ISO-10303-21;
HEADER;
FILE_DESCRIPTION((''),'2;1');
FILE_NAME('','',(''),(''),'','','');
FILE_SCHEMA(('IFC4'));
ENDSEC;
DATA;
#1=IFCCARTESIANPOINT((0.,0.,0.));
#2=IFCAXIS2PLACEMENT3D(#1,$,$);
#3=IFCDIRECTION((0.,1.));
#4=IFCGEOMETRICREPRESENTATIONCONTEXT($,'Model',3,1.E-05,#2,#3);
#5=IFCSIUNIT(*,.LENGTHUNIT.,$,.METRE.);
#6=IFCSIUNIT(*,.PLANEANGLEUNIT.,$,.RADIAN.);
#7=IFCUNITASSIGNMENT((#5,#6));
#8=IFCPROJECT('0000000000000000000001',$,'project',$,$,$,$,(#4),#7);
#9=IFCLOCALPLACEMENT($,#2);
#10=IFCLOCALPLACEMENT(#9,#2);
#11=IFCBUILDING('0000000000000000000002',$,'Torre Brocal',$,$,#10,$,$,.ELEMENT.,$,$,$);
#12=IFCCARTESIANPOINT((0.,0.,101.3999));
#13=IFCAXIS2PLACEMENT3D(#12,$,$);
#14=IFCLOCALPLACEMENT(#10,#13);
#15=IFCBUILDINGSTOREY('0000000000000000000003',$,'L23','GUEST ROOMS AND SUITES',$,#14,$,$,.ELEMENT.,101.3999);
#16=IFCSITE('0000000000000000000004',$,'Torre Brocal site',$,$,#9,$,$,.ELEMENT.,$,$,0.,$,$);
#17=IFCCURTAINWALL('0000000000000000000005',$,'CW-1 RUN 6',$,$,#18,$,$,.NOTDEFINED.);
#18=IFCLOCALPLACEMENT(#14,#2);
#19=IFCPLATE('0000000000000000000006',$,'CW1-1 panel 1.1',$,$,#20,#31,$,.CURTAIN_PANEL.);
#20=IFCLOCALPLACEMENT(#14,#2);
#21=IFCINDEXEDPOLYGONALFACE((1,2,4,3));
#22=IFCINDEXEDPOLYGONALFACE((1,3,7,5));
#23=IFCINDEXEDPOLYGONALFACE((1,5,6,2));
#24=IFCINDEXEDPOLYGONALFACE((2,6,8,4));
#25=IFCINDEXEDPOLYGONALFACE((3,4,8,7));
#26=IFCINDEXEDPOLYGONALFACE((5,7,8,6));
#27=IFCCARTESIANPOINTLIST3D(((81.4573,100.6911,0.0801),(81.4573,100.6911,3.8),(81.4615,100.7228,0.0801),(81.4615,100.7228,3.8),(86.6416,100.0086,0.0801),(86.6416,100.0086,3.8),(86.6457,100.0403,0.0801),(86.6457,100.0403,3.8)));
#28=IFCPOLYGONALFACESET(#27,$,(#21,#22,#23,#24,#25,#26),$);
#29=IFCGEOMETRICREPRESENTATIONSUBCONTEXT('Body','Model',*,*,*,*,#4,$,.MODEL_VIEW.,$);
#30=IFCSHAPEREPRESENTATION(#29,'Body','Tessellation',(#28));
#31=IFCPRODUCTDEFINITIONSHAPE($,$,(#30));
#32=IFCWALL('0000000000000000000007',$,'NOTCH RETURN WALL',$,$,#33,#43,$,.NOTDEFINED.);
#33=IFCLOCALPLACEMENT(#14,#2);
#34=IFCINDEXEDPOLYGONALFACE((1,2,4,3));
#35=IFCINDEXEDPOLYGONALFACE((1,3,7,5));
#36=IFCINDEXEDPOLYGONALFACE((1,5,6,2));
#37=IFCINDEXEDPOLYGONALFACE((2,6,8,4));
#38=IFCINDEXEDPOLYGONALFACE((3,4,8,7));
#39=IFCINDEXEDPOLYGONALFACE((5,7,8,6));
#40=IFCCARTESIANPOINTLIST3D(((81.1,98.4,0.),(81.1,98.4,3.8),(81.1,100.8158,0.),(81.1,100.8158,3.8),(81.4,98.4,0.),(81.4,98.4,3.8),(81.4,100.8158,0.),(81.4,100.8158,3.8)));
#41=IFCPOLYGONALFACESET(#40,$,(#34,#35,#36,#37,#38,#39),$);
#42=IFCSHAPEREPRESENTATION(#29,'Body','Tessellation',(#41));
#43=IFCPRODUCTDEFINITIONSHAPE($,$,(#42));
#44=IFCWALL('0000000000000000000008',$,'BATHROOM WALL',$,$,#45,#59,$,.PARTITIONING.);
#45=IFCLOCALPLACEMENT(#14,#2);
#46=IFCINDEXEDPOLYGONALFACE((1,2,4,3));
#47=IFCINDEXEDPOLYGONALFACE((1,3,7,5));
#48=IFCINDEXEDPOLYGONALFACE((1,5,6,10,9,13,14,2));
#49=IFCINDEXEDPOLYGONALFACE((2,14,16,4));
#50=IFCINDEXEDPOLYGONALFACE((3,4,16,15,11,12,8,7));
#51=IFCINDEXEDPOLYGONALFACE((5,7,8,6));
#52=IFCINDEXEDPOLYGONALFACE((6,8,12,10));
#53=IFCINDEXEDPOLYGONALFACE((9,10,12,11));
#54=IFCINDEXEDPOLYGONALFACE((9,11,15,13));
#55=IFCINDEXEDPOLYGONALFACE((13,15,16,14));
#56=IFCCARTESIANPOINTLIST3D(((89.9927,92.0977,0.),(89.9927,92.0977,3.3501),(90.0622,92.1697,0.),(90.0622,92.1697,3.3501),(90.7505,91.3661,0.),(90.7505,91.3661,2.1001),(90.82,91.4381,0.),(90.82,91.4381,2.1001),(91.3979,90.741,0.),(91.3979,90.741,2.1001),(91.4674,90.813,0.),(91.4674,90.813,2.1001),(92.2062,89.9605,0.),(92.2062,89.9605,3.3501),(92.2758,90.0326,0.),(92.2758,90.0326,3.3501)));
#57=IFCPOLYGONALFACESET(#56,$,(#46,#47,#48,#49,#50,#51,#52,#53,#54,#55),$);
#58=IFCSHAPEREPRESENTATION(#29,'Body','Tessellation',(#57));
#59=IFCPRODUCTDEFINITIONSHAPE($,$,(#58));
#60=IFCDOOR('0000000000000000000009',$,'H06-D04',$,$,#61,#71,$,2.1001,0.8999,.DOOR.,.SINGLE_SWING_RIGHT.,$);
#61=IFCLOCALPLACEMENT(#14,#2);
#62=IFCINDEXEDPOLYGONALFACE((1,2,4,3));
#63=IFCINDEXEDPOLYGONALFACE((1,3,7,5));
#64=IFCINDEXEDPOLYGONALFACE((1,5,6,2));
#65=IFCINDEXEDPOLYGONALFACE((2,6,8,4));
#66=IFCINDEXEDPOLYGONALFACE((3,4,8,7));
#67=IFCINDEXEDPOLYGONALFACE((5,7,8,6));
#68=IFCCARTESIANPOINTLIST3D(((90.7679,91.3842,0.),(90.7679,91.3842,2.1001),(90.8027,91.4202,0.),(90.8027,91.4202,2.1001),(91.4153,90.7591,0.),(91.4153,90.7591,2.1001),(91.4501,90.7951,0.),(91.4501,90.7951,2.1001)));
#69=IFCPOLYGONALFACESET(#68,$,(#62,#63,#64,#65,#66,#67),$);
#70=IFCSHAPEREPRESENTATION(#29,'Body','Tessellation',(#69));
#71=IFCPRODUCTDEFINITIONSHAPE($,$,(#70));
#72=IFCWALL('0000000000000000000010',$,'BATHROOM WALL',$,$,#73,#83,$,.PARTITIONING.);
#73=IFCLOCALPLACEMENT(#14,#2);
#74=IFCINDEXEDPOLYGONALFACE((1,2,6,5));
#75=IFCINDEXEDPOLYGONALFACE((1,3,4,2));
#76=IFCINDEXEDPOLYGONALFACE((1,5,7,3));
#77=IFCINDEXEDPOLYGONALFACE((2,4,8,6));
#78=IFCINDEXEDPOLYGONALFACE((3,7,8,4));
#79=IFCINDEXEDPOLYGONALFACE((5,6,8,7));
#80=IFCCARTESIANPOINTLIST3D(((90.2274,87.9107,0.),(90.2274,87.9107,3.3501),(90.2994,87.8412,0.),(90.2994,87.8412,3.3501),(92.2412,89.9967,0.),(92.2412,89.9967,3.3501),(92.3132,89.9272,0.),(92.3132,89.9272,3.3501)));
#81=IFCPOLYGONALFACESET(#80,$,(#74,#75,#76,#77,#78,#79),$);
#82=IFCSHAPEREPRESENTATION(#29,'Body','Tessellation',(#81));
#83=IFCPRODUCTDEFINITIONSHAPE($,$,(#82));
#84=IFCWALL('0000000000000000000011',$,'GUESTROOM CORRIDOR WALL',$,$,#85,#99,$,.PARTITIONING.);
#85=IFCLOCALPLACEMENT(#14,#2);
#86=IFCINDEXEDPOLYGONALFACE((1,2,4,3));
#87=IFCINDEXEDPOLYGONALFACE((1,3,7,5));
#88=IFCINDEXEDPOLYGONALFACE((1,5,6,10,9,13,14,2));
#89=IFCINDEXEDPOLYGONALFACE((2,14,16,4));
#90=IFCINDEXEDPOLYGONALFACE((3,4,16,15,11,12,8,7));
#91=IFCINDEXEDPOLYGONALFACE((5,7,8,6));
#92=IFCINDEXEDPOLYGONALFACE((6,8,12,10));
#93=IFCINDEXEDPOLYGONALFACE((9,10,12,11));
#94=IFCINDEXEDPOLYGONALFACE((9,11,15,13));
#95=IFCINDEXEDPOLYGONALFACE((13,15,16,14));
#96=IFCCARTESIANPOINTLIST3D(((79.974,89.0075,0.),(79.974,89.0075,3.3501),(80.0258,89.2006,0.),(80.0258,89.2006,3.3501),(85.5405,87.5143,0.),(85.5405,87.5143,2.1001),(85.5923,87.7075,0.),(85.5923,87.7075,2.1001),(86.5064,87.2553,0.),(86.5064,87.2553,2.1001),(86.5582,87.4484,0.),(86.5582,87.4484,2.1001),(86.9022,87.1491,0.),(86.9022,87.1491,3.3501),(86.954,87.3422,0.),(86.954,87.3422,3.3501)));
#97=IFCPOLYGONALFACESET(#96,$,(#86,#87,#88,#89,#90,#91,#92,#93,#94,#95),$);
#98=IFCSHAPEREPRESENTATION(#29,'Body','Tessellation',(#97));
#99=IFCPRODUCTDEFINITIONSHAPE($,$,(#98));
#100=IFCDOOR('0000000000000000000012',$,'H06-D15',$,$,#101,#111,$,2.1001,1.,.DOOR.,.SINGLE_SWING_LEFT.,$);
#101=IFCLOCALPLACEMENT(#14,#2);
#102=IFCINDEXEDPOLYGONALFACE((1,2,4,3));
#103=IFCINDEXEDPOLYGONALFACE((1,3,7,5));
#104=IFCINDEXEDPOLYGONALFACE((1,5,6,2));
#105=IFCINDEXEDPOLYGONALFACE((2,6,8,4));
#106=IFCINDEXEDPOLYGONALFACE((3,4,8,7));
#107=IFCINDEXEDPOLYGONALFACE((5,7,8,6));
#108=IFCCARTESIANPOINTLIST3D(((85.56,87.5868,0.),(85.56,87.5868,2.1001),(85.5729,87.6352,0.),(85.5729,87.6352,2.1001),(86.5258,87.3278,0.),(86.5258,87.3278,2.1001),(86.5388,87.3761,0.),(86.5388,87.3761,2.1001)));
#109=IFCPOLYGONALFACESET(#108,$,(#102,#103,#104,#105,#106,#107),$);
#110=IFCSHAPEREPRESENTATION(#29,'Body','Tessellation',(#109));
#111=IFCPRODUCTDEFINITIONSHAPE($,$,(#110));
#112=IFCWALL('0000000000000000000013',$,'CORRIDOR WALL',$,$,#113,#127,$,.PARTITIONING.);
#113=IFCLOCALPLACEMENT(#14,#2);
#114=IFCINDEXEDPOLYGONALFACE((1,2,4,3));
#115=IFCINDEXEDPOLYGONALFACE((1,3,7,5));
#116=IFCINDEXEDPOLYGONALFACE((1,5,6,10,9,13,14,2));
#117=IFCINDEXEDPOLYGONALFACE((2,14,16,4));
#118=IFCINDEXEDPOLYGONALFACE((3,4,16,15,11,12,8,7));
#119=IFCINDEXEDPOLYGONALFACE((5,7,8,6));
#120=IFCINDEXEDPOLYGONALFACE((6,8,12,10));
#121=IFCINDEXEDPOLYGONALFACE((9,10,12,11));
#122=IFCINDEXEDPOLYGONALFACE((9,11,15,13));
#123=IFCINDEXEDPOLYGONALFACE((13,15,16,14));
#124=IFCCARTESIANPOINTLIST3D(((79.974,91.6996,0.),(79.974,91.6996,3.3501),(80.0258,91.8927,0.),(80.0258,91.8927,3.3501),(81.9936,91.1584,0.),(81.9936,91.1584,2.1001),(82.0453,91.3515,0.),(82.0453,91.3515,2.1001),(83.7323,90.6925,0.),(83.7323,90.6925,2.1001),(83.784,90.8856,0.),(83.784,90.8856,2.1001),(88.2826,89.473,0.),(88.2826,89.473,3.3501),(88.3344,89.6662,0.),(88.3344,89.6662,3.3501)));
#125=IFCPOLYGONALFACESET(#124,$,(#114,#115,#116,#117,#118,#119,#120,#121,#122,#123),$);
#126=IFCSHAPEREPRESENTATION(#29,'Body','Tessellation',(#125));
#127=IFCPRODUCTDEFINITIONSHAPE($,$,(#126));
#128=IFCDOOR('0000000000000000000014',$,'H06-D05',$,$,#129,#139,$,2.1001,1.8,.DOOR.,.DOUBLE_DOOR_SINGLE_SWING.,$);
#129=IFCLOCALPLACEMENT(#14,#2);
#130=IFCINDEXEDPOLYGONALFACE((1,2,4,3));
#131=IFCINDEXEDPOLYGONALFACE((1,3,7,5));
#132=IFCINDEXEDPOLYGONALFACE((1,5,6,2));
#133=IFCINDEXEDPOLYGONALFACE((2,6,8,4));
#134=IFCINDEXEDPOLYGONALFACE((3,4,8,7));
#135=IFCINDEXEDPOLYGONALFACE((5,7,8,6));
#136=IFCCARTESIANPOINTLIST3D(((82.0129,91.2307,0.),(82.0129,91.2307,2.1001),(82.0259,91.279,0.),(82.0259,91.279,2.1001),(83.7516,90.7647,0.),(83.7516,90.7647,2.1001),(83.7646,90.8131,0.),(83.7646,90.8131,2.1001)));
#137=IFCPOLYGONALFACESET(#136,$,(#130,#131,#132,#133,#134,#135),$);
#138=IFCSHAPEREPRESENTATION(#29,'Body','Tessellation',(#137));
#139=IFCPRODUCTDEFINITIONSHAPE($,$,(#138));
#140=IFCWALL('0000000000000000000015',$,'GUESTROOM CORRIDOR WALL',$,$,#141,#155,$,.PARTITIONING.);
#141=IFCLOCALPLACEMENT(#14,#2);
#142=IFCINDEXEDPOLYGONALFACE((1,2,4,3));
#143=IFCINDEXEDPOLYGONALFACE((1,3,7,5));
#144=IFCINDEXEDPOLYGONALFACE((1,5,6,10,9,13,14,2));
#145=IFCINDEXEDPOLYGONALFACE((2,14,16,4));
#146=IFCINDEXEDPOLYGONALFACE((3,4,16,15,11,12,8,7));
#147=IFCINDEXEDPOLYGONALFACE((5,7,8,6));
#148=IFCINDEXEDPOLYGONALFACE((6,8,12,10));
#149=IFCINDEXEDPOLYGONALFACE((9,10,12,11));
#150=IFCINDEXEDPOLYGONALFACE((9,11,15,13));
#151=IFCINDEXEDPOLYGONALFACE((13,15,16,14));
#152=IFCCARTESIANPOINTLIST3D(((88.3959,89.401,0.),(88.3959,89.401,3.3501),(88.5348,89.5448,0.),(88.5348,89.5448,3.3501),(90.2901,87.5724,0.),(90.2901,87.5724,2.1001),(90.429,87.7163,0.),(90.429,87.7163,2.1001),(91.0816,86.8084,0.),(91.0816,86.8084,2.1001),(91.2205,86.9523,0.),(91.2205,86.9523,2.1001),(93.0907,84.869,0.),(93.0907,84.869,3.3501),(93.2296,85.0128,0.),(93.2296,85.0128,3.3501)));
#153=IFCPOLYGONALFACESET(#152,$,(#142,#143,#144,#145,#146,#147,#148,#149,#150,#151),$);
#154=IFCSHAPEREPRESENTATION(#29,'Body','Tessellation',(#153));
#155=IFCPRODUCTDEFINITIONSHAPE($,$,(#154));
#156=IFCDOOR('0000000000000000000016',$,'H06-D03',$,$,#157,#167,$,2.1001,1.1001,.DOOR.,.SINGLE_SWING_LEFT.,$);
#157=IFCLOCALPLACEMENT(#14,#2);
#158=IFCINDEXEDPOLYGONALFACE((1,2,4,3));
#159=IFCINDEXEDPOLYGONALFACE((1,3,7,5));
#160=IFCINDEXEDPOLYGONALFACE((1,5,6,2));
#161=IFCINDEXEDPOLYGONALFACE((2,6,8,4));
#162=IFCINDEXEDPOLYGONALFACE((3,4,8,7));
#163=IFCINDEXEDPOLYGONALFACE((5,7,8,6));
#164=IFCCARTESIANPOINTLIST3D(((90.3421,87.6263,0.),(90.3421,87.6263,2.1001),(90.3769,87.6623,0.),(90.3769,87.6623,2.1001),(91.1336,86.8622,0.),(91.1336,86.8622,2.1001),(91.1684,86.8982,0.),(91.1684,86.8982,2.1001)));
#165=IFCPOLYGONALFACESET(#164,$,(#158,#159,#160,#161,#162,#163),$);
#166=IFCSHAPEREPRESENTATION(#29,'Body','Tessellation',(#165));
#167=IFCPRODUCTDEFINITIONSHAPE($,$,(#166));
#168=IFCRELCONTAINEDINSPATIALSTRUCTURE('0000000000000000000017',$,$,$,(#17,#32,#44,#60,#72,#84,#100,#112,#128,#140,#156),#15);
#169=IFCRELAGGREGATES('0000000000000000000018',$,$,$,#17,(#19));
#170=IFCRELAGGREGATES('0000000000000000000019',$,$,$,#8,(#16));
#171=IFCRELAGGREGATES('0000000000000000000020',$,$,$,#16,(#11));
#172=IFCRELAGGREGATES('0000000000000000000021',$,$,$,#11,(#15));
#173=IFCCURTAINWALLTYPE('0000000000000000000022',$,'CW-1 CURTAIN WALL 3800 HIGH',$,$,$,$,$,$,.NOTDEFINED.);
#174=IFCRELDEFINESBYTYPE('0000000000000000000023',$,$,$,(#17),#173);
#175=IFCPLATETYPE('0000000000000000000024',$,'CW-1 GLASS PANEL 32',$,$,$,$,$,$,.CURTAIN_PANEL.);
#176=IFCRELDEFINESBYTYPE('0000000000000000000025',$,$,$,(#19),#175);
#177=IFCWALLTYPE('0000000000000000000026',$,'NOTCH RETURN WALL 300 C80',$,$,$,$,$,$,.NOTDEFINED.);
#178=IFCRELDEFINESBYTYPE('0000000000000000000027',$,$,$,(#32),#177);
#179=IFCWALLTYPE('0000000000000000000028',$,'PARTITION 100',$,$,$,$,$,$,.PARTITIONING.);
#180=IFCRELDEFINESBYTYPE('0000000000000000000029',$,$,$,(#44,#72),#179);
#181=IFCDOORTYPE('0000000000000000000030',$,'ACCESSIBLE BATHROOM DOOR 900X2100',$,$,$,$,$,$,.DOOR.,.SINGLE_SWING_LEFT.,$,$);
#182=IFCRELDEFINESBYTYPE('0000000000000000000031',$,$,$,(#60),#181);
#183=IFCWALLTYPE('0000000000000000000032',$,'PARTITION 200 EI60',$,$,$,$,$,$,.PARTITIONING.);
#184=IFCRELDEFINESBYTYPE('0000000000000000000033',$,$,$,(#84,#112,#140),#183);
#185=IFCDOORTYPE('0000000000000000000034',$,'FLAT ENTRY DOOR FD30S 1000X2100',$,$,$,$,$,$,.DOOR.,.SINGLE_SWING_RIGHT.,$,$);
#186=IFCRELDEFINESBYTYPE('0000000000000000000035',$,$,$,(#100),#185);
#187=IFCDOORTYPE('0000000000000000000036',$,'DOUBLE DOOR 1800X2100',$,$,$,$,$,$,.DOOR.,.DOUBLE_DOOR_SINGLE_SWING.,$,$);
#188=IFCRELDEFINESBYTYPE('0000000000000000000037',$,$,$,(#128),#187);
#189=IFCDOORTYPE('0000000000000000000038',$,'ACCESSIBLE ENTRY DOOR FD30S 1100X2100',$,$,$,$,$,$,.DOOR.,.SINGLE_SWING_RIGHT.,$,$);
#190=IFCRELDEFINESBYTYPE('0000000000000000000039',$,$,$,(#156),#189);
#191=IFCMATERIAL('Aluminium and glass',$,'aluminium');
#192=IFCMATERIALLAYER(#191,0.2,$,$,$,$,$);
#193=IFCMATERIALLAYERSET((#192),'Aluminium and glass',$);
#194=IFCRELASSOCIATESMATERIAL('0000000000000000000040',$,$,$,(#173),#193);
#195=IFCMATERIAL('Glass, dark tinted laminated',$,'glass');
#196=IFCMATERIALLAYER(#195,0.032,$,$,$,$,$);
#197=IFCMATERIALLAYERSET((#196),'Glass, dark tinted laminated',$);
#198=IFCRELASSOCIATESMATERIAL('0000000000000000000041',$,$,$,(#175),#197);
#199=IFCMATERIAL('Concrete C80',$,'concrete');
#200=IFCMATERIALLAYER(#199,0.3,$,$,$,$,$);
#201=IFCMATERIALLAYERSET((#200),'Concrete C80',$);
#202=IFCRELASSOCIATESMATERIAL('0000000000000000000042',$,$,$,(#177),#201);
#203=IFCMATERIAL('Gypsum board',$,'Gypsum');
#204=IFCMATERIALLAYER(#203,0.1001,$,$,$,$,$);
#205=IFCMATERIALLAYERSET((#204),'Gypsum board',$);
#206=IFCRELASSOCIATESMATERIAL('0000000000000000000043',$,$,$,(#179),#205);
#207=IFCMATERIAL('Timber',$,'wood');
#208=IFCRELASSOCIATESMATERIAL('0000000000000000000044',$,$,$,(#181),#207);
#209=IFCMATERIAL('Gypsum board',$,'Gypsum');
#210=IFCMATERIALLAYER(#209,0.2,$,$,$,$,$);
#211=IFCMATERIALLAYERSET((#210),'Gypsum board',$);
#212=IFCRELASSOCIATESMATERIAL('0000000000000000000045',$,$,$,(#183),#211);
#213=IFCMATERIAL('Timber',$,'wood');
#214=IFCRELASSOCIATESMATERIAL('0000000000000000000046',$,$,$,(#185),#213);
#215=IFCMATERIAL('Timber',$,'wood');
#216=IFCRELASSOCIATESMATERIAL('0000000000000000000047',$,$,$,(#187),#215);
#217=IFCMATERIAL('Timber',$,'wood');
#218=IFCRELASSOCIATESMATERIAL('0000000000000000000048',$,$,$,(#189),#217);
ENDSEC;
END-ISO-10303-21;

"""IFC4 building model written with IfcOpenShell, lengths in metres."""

from ifc_helpers import new_model, si_unit, direction, frame, frame_2d, origin, origin_2d, place, context, subcontext, project, spatial, rectangle, extrude, material, layer, layer_set, type_object, element, fill, aggregate, save


model = new_model("IFC4")

# Units and contexts
model_context = context("Model", 3, precision=1e-05, world=origin(), true_north=direction((0.0, 1.0)))
body_context = subcontext(model_context, "Body", "Model", "MODEL_VIEW")
ifc_project = project(units=[si_unit("LENGTHUNIT", "METRE"), si_unit("PLANEANGLEUNIT", "RADIAN")], contexts=[model_context])

# Site, building, storey
site_placement = place(None, origin())
site = spatial("IfcSite", under=ifc_project, at=site_placement, Name="Torre Brocal site", CompositionType="ELEMENT", RefElevation=0.0)
building_placement = place(site_placement, origin())
building = spatial("IfcBuilding", under=site, at=building_placement, Name="Torre Brocal", CompositionType="ELEMENT")
storey_placement = place(building_placement, frame((0.0, 0.0, 101.3999)))
storey = spatial("IfcBuildingStorey", under=building, at=storey_placement, Name="L23", Description="GUEST ROOMS AND SUITES", CompositionType="ELEMENT", Elevation=101.3999)

# Shared definitions
ifc_material_1 = material(Name="Aluminium and glass", Category="aluminium")
ifc_layer_1 = layer(ifc_material_1, 0.2)
ifc_layer_set_1 = layer_set([ifc_layer_1], Name="Aluminium and glass")
curtain_wall_type = type_object("IfcCurtainWallType", Name="CW-1 CURTAIN WALL 3800 HIGH", PredefinedType="NOTDEFINED", material=ifc_layer_set_1)

# Curtain wall
curtain_wall_1_placement = place(storey_placement, origin())
curtain_wall_1 = element("IfcCurtainWall", 1, at=curtain_wall_1_placement, inside=storey, type_object=curtain_wall_type, Name="CW-1 RUN 6", PredefinedType="NOTDEFINED")

# Plate
ifc_material_2 = material(Name="Glass, dark tinted laminated", Category="glass")
ifc_layer_2 = layer(ifc_material_2, 0.032)
ifc_layer_set_2 = layer_set([ifc_layer_2], Name="Glass, dark tinted laminated")
plate_type = type_object("IfcPlateType", Name="CW-1 GLASS PANEL 32", PredefinedType="CURTAIN_PANEL", material=ifc_layer_set_2)
plate_1_placement = place(storey_placement, frame((84.0515, 100.3657, 0.0801), z_axis=(0.0, 0.0, 1.0), x_axis=(-0.991445, 0.130526, 0.0)))
plate_1 = element("IfcPlate", 2, at=plate_1_placement, type_object=plate_type, Name="CW1-1 panel 1.1", PredefinedType="CURTAIN_PANEL", context=body_context, shape_type="SweptSolid", body=[
    extrude(rectangle(XDim=5.229, YDim=0.032, at=origin_2d()), origin(), (0.0, 0.0, 1.0), 3.72),
])
aggregate(curtain_wall_1, [plate_1])

# Wall
ifc_material_3 = material(Name="Concrete C80", Category="concrete")
ifc_layer_3 = layer(ifc_material_3, 0.3)
ifc_layer_set_3 = layer_set([ifc_layer_3], Name="Concrete C80")
wall_type_1 = type_object("IfcWallType", Name="NOTCH RETURN WALL 300 C80", PredefinedType="NOTDEFINED", material=ifc_layer_set_3)
wall_1_placement = place(storey_placement, frame((81.25, 98.3999, 0.0), z_axis=(0.0, 0.0, 1.0), x_axis=(0.0, 1.0, 0.0)))
element("IfcWall", 3, at=wall_1_placement, inside=storey, type_object=wall_type_1, Name="NOTCH RETURN WALL", PredefinedType="NOTDEFINED", context=body_context, shape_type="SweptSolid", body=[
    extrude(rectangle(XDim=2.4158, YDim=0.3, at=frame_2d((1.208, 0.0))), origin(), (0.0, 0.0, 1.0), 3.8),
])

# Wall, opening, door
ifc_material_4 = material(Name="Gypsum board", Category="Gypsum")
ifc_layer_4 = layer(ifc_material_4, 0.1001)
ifc_layer_set_4 = layer_set([ifc_layer_4], Name="Gypsum board")
wall_type_2 = type_object("IfcWallType", Name="PARTITION 100", PredefinedType="PARTITIONING", material=ifc_layer_set_4)
wall_2_placement = place(storey_placement, frame((90.0273, 92.1338, 0.0), z_axis=(0.0, 0.0, 1.0), x_axis=(0.719415, -0.69458, 0.0)))
wall_2 = element("IfcWall", 4, at=wall_2_placement, inside=storey, type_object=wall_type_2, Name="BATHROOM WALL", PredefinedType="PARTITIONING", context=body_context, shape_type="SweptSolid", body=[
    extrude(rectangle(XDim=3.0769, YDim=0.1001, at=frame_2d((1.5386, 0.0))), origin(), (0.0, 0.0, 1.0), 3.3501),
])
opening_1_placement = place(wall_2_placement, frame((1.0535, 0.0, 0.0)))
opening_1 = element("IfcOpeningElement", 5, at=opening_1_placement, cuts=wall_2, PredefinedType="OPENING", context=body_context, shape_type="SweptSolid", body=[
    extrude(rectangle(XDim=0.8999, YDim=2.1001, at=frame_2d((0.45, 1.05))), frame((0.0, 0.0601, 0.0), z_axis=(0.0, -1.0, 0.0), x_axis=(1.0, 0.0, 0.0)), (0.0, 0.0, 1.0), 0.1201),
])
ifc_material_5 = material(Name="Timber", Category="wood")
door_type_1 = type_object("IfcDoorType", Name="ACCESSIBLE BATHROOM DOOR 900X2100", OperationType="SINGLE_SWING_LEFT", PredefinedType="DOOR", material=ifc_material_5)
door_1_placement = place(opening_1_placement, frame((0.8999, 0.0, 0.0), z_axis=(0.0, 0.0, 1.0), x_axis=(-1.0, 0.0, 0.0)))
door_1 = element("IfcDoor", 6, at=door_1_placement, inside=storey, type_object=door_type_1, Name="H06-D04", OperationType="SINGLE_SWING_RIGHT", OverallHeight=2.1001, OverallWidth=0.8999, PredefinedType="DOOR", context=body_context, shape_type="SweptSolid", body=[
    extrude(rectangle(XDim=0.8999, YDim=2.1001, at=frame_2d((0.45, 1.05))), frame((0.0, 0.0249, 0.0), z_axis=(0.0, -1.0, 0.0), x_axis=(1.0, 0.0, 0.0)), (0.0, 0.0, 1.0), 0.05),
])
fill(opening_1, door_1)

# Wall
wall_3_placement = place(storey_placement, frame((90.2634, 87.876, 0.0), z_axis=(0.0, 0.0, 1.0), x_axis=(0.694534, 0.719459, 0.0)))
element("IfcWall", 7, at=wall_3_placement, inside=storey, type_object=wall_type_2, Name="BATHROOM WALL", PredefinedType="PARTITIONING", context=body_context, shape_type="SweptSolid", body=[
    extrude(rectangle(XDim=2.8994, YDim=0.1001, at=frame_2d((1.4497, 0.0))), origin(), (0.0, 0.0, 1.0), 3.3501),
])

# Walls, openings, doors
ifc_material_6 = material(Name="Gypsum board", Category="Gypsum")
ifc_layer_5 = layer(ifc_material_6, 0.2)
ifc_layer_set_5 = layer_set([ifc_layer_5], Name="Gypsum board")
wall_type_3 = type_object("IfcWallType", Name="PARTITION 200 EI60", PredefinedType="PARTITIONING", material=ifc_layer_set_5)
wall_4_placement = place(storey_placement, frame((80.0, 89.104, 0.0), z_axis=(0.0, 0.0, 1.0), x_axis=(0.965857, -0.259077, 0.0)))
wall_4 = element("IfcWall", 8, at=wall_4_placement, inside=storey, type_object=wall_type_3, Name="GUESTROOM CORRIDOR WALL", PredefinedType="PARTITIONING", context=body_context, shape_type="SweptSolid", body=[
    extrude(rectangle(XDim=7.1731, YDim=0.2, at=frame_2d((3.5864, 0.0))), origin(), (0.0, 0.0, 1.0), 3.3501),
])
opening_2_placement = place(wall_4_placement, frame((5.7632, 0.0, 0.0)))
opening_2 = element("IfcOpeningElement", 9, at=opening_2_placement, cuts=wall_4, PredefinedType="OPENING", context=body_context, shape_type="SweptSolid", body=[
    extrude(rectangle(XDim=1.0, YDim=2.1001, at=frame_2d((0.5, 1.05))), frame((0.0, 0.1099, 0.0), z_axis=(0.0, -1.0, 0.0), x_axis=(1.0, 0.0, 0.0)), (0.0, 0.0, 1.0), 0.22),
])
ifc_material_7 = material(Name="Timber", Category="wood")
door_type_2 = type_object("IfcDoorType", Name="FLAT ENTRY DOOR FD30S 1000X2100", OperationType="SINGLE_SWING_RIGHT", PredefinedType="DOOR", material=ifc_material_7)
door_2_placement = place(opening_2_placement, frame((1.0, 0.0, 0.0), z_axis=(0.0, 0.0, 1.0), x_axis=(-1.0, 0.0, 0.0)))
door_2 = element("IfcDoor", 10, at=door_2_placement, inside=storey, type_object=door_type_2, Name="H06-D15", OperationType="SINGLE_SWING_LEFT", OverallHeight=2.1001, OverallWidth=1.0, PredefinedType="DOOR", context=body_context, shape_type="SweptSolid", body=[
    extrude(rectangle(XDim=1.0, YDim=2.1001, at=frame_2d((0.5, 1.05))), frame((0.0, 0.0249, 0.0), z_axis=(0.0, -1.0, 0.0), x_axis=(1.0, 0.0, 0.0)), (0.0, 0.0, 1.0), 0.05),
])
fill(opening_2, door_2)
wall_5_placement = place(storey_placement, frame((80.0, 91.7961, 0.0), z_axis=(0.0, 0.0, 1.0), x_axis=(0.965918, -0.25885, 0.0)))
wall_5 = element("IfcWall", 11, at=wall_5_placement, inside=storey, type_object=wall_type_3, Name="CORRIDOR WALL", PredefinedType="PARTITIONING", context=body_context, shape_type="SweptSolid", body=[
    extrude(rectangle(XDim=8.6018, YDim=0.2, at=frame_2d((4.3008, 0.0))), origin(), (0.0, 0.0, 1.0), 3.3501),
])
opening_3_placement = place(wall_5_placement, frame((2.0908, 0.0, 0.0)))
opening_3 = element("IfcOpeningElement", 12, at=opening_3_placement, cuts=wall_5, PredefinedType="OPENING", context=body_context, shape_type="SweptSolid", body=[
    extrude(rectangle(XDim=1.8, YDim=2.1001, at=frame_2d((0.8999, 1.05))), frame((0.0, 0.1099, 0.0), z_axis=(0.0, -1.0, 0.0), x_axis=(1.0, 0.0, 0.0)), (0.0, 0.0, 1.0), 0.22),
])
ifc_material_8 = material(Name="Timber", Category="wood")
door_type_3 = type_object("IfcDoorType", Name="DOUBLE DOOR 1800X2100", OperationType="DOUBLE_DOOR_SINGLE_SWING", PredefinedType="DOOR", material=ifc_material_8)
door_3_placement = place(opening_3_placement, origin())
door_3 = element("IfcDoor", 13, at=door_3_placement, inside=storey, type_object=door_type_3, Name="H06-D05", OperationType="DOUBLE_DOOR_SINGLE_SWING", OverallHeight=2.1001, OverallWidth=1.8, PredefinedType="DOOR", context=body_context, shape_type="SweptSolid", body=[
    extrude(rectangle(XDim=1.8, YDim=2.1001, at=frame_2d((0.8999, 1.05))), frame((0.0, 0.0249, 0.0), z_axis=(0.0, -1.0, 0.0), x_axis=(1.0, 0.0, 0.0)), (0.0, 0.0, 1.0), 0.05),
])
fill(opening_3, door_3)
wall_6_placement = place(storey_placement, frame((88.4653, 89.4729, 0.0), z_axis=(0.0, 0.0, 1.0), x_axis=(0.719474, -0.694519, 0.0)))
wall_6 = element("IfcWall", 14, at=wall_6_placement, inside=storey, type_object=wall_type_3, Name="GUESTROOM CORRIDOR WALL", PredefinedType="PARTITIONING", context=body_context, shape_type="SweptSolid", body=[
    extrude(rectangle(XDim=6.5254, YDim=0.2, at=frame_2d((3.2627, 0.0))), origin(), (0.0, 0.0, 1.0), 3.3501),
])
opening_4_placement = place(wall_6_placement, frame((2.6328, 0.0, 0.0)))
opening_4 = element("IfcOpeningElement", 15, at=opening_4_placement, cuts=wall_6, PredefinedType="OPENING", context=body_context, shape_type="SweptSolid", body=[
    extrude(rectangle(XDim=1.1001, YDim=2.1001, at=frame_2d((0.55, 1.05))), frame((0.0, 0.1099, 0.0), z_axis=(0.0, -1.0, 0.0), x_axis=(1.0, 0.0, 0.0)), (0.0, 0.0, 1.0), 0.22),
])
ifc_material_9 = material(Name="Timber", Category="wood")
door_type_4 = type_object("IfcDoorType", Name="ACCESSIBLE ENTRY DOOR FD30S 1100X2100", OperationType="SINGLE_SWING_RIGHT", PredefinedType="DOOR", material=ifc_material_9)
door_4_placement = place(opening_4_placement, origin())
door_4 = element("IfcDoor", 16, at=door_4_placement, inside=storey, type_object=door_type_4, Name="H06-D03", OperationType="SINGLE_SWING_LEFT", OverallHeight=2.1001, OverallWidth=1.1001, PredefinedType="DOOR", context=body_context, shape_type="SweptSolid", body=[
    extrude(rectangle(XDim=1.1001, YDim=2.1001, at=frame_2d((0.55, 1.05))), frame((0.0, 0.0249, 0.0), z_axis=(0.0, -1.0, 0.0), x_axis=(1.0, 0.0, 0.0)), (0.0, 0.0, 1.0), 0.05),
])
fill(opening_4, door_4)

save(model, "model.ifc")
